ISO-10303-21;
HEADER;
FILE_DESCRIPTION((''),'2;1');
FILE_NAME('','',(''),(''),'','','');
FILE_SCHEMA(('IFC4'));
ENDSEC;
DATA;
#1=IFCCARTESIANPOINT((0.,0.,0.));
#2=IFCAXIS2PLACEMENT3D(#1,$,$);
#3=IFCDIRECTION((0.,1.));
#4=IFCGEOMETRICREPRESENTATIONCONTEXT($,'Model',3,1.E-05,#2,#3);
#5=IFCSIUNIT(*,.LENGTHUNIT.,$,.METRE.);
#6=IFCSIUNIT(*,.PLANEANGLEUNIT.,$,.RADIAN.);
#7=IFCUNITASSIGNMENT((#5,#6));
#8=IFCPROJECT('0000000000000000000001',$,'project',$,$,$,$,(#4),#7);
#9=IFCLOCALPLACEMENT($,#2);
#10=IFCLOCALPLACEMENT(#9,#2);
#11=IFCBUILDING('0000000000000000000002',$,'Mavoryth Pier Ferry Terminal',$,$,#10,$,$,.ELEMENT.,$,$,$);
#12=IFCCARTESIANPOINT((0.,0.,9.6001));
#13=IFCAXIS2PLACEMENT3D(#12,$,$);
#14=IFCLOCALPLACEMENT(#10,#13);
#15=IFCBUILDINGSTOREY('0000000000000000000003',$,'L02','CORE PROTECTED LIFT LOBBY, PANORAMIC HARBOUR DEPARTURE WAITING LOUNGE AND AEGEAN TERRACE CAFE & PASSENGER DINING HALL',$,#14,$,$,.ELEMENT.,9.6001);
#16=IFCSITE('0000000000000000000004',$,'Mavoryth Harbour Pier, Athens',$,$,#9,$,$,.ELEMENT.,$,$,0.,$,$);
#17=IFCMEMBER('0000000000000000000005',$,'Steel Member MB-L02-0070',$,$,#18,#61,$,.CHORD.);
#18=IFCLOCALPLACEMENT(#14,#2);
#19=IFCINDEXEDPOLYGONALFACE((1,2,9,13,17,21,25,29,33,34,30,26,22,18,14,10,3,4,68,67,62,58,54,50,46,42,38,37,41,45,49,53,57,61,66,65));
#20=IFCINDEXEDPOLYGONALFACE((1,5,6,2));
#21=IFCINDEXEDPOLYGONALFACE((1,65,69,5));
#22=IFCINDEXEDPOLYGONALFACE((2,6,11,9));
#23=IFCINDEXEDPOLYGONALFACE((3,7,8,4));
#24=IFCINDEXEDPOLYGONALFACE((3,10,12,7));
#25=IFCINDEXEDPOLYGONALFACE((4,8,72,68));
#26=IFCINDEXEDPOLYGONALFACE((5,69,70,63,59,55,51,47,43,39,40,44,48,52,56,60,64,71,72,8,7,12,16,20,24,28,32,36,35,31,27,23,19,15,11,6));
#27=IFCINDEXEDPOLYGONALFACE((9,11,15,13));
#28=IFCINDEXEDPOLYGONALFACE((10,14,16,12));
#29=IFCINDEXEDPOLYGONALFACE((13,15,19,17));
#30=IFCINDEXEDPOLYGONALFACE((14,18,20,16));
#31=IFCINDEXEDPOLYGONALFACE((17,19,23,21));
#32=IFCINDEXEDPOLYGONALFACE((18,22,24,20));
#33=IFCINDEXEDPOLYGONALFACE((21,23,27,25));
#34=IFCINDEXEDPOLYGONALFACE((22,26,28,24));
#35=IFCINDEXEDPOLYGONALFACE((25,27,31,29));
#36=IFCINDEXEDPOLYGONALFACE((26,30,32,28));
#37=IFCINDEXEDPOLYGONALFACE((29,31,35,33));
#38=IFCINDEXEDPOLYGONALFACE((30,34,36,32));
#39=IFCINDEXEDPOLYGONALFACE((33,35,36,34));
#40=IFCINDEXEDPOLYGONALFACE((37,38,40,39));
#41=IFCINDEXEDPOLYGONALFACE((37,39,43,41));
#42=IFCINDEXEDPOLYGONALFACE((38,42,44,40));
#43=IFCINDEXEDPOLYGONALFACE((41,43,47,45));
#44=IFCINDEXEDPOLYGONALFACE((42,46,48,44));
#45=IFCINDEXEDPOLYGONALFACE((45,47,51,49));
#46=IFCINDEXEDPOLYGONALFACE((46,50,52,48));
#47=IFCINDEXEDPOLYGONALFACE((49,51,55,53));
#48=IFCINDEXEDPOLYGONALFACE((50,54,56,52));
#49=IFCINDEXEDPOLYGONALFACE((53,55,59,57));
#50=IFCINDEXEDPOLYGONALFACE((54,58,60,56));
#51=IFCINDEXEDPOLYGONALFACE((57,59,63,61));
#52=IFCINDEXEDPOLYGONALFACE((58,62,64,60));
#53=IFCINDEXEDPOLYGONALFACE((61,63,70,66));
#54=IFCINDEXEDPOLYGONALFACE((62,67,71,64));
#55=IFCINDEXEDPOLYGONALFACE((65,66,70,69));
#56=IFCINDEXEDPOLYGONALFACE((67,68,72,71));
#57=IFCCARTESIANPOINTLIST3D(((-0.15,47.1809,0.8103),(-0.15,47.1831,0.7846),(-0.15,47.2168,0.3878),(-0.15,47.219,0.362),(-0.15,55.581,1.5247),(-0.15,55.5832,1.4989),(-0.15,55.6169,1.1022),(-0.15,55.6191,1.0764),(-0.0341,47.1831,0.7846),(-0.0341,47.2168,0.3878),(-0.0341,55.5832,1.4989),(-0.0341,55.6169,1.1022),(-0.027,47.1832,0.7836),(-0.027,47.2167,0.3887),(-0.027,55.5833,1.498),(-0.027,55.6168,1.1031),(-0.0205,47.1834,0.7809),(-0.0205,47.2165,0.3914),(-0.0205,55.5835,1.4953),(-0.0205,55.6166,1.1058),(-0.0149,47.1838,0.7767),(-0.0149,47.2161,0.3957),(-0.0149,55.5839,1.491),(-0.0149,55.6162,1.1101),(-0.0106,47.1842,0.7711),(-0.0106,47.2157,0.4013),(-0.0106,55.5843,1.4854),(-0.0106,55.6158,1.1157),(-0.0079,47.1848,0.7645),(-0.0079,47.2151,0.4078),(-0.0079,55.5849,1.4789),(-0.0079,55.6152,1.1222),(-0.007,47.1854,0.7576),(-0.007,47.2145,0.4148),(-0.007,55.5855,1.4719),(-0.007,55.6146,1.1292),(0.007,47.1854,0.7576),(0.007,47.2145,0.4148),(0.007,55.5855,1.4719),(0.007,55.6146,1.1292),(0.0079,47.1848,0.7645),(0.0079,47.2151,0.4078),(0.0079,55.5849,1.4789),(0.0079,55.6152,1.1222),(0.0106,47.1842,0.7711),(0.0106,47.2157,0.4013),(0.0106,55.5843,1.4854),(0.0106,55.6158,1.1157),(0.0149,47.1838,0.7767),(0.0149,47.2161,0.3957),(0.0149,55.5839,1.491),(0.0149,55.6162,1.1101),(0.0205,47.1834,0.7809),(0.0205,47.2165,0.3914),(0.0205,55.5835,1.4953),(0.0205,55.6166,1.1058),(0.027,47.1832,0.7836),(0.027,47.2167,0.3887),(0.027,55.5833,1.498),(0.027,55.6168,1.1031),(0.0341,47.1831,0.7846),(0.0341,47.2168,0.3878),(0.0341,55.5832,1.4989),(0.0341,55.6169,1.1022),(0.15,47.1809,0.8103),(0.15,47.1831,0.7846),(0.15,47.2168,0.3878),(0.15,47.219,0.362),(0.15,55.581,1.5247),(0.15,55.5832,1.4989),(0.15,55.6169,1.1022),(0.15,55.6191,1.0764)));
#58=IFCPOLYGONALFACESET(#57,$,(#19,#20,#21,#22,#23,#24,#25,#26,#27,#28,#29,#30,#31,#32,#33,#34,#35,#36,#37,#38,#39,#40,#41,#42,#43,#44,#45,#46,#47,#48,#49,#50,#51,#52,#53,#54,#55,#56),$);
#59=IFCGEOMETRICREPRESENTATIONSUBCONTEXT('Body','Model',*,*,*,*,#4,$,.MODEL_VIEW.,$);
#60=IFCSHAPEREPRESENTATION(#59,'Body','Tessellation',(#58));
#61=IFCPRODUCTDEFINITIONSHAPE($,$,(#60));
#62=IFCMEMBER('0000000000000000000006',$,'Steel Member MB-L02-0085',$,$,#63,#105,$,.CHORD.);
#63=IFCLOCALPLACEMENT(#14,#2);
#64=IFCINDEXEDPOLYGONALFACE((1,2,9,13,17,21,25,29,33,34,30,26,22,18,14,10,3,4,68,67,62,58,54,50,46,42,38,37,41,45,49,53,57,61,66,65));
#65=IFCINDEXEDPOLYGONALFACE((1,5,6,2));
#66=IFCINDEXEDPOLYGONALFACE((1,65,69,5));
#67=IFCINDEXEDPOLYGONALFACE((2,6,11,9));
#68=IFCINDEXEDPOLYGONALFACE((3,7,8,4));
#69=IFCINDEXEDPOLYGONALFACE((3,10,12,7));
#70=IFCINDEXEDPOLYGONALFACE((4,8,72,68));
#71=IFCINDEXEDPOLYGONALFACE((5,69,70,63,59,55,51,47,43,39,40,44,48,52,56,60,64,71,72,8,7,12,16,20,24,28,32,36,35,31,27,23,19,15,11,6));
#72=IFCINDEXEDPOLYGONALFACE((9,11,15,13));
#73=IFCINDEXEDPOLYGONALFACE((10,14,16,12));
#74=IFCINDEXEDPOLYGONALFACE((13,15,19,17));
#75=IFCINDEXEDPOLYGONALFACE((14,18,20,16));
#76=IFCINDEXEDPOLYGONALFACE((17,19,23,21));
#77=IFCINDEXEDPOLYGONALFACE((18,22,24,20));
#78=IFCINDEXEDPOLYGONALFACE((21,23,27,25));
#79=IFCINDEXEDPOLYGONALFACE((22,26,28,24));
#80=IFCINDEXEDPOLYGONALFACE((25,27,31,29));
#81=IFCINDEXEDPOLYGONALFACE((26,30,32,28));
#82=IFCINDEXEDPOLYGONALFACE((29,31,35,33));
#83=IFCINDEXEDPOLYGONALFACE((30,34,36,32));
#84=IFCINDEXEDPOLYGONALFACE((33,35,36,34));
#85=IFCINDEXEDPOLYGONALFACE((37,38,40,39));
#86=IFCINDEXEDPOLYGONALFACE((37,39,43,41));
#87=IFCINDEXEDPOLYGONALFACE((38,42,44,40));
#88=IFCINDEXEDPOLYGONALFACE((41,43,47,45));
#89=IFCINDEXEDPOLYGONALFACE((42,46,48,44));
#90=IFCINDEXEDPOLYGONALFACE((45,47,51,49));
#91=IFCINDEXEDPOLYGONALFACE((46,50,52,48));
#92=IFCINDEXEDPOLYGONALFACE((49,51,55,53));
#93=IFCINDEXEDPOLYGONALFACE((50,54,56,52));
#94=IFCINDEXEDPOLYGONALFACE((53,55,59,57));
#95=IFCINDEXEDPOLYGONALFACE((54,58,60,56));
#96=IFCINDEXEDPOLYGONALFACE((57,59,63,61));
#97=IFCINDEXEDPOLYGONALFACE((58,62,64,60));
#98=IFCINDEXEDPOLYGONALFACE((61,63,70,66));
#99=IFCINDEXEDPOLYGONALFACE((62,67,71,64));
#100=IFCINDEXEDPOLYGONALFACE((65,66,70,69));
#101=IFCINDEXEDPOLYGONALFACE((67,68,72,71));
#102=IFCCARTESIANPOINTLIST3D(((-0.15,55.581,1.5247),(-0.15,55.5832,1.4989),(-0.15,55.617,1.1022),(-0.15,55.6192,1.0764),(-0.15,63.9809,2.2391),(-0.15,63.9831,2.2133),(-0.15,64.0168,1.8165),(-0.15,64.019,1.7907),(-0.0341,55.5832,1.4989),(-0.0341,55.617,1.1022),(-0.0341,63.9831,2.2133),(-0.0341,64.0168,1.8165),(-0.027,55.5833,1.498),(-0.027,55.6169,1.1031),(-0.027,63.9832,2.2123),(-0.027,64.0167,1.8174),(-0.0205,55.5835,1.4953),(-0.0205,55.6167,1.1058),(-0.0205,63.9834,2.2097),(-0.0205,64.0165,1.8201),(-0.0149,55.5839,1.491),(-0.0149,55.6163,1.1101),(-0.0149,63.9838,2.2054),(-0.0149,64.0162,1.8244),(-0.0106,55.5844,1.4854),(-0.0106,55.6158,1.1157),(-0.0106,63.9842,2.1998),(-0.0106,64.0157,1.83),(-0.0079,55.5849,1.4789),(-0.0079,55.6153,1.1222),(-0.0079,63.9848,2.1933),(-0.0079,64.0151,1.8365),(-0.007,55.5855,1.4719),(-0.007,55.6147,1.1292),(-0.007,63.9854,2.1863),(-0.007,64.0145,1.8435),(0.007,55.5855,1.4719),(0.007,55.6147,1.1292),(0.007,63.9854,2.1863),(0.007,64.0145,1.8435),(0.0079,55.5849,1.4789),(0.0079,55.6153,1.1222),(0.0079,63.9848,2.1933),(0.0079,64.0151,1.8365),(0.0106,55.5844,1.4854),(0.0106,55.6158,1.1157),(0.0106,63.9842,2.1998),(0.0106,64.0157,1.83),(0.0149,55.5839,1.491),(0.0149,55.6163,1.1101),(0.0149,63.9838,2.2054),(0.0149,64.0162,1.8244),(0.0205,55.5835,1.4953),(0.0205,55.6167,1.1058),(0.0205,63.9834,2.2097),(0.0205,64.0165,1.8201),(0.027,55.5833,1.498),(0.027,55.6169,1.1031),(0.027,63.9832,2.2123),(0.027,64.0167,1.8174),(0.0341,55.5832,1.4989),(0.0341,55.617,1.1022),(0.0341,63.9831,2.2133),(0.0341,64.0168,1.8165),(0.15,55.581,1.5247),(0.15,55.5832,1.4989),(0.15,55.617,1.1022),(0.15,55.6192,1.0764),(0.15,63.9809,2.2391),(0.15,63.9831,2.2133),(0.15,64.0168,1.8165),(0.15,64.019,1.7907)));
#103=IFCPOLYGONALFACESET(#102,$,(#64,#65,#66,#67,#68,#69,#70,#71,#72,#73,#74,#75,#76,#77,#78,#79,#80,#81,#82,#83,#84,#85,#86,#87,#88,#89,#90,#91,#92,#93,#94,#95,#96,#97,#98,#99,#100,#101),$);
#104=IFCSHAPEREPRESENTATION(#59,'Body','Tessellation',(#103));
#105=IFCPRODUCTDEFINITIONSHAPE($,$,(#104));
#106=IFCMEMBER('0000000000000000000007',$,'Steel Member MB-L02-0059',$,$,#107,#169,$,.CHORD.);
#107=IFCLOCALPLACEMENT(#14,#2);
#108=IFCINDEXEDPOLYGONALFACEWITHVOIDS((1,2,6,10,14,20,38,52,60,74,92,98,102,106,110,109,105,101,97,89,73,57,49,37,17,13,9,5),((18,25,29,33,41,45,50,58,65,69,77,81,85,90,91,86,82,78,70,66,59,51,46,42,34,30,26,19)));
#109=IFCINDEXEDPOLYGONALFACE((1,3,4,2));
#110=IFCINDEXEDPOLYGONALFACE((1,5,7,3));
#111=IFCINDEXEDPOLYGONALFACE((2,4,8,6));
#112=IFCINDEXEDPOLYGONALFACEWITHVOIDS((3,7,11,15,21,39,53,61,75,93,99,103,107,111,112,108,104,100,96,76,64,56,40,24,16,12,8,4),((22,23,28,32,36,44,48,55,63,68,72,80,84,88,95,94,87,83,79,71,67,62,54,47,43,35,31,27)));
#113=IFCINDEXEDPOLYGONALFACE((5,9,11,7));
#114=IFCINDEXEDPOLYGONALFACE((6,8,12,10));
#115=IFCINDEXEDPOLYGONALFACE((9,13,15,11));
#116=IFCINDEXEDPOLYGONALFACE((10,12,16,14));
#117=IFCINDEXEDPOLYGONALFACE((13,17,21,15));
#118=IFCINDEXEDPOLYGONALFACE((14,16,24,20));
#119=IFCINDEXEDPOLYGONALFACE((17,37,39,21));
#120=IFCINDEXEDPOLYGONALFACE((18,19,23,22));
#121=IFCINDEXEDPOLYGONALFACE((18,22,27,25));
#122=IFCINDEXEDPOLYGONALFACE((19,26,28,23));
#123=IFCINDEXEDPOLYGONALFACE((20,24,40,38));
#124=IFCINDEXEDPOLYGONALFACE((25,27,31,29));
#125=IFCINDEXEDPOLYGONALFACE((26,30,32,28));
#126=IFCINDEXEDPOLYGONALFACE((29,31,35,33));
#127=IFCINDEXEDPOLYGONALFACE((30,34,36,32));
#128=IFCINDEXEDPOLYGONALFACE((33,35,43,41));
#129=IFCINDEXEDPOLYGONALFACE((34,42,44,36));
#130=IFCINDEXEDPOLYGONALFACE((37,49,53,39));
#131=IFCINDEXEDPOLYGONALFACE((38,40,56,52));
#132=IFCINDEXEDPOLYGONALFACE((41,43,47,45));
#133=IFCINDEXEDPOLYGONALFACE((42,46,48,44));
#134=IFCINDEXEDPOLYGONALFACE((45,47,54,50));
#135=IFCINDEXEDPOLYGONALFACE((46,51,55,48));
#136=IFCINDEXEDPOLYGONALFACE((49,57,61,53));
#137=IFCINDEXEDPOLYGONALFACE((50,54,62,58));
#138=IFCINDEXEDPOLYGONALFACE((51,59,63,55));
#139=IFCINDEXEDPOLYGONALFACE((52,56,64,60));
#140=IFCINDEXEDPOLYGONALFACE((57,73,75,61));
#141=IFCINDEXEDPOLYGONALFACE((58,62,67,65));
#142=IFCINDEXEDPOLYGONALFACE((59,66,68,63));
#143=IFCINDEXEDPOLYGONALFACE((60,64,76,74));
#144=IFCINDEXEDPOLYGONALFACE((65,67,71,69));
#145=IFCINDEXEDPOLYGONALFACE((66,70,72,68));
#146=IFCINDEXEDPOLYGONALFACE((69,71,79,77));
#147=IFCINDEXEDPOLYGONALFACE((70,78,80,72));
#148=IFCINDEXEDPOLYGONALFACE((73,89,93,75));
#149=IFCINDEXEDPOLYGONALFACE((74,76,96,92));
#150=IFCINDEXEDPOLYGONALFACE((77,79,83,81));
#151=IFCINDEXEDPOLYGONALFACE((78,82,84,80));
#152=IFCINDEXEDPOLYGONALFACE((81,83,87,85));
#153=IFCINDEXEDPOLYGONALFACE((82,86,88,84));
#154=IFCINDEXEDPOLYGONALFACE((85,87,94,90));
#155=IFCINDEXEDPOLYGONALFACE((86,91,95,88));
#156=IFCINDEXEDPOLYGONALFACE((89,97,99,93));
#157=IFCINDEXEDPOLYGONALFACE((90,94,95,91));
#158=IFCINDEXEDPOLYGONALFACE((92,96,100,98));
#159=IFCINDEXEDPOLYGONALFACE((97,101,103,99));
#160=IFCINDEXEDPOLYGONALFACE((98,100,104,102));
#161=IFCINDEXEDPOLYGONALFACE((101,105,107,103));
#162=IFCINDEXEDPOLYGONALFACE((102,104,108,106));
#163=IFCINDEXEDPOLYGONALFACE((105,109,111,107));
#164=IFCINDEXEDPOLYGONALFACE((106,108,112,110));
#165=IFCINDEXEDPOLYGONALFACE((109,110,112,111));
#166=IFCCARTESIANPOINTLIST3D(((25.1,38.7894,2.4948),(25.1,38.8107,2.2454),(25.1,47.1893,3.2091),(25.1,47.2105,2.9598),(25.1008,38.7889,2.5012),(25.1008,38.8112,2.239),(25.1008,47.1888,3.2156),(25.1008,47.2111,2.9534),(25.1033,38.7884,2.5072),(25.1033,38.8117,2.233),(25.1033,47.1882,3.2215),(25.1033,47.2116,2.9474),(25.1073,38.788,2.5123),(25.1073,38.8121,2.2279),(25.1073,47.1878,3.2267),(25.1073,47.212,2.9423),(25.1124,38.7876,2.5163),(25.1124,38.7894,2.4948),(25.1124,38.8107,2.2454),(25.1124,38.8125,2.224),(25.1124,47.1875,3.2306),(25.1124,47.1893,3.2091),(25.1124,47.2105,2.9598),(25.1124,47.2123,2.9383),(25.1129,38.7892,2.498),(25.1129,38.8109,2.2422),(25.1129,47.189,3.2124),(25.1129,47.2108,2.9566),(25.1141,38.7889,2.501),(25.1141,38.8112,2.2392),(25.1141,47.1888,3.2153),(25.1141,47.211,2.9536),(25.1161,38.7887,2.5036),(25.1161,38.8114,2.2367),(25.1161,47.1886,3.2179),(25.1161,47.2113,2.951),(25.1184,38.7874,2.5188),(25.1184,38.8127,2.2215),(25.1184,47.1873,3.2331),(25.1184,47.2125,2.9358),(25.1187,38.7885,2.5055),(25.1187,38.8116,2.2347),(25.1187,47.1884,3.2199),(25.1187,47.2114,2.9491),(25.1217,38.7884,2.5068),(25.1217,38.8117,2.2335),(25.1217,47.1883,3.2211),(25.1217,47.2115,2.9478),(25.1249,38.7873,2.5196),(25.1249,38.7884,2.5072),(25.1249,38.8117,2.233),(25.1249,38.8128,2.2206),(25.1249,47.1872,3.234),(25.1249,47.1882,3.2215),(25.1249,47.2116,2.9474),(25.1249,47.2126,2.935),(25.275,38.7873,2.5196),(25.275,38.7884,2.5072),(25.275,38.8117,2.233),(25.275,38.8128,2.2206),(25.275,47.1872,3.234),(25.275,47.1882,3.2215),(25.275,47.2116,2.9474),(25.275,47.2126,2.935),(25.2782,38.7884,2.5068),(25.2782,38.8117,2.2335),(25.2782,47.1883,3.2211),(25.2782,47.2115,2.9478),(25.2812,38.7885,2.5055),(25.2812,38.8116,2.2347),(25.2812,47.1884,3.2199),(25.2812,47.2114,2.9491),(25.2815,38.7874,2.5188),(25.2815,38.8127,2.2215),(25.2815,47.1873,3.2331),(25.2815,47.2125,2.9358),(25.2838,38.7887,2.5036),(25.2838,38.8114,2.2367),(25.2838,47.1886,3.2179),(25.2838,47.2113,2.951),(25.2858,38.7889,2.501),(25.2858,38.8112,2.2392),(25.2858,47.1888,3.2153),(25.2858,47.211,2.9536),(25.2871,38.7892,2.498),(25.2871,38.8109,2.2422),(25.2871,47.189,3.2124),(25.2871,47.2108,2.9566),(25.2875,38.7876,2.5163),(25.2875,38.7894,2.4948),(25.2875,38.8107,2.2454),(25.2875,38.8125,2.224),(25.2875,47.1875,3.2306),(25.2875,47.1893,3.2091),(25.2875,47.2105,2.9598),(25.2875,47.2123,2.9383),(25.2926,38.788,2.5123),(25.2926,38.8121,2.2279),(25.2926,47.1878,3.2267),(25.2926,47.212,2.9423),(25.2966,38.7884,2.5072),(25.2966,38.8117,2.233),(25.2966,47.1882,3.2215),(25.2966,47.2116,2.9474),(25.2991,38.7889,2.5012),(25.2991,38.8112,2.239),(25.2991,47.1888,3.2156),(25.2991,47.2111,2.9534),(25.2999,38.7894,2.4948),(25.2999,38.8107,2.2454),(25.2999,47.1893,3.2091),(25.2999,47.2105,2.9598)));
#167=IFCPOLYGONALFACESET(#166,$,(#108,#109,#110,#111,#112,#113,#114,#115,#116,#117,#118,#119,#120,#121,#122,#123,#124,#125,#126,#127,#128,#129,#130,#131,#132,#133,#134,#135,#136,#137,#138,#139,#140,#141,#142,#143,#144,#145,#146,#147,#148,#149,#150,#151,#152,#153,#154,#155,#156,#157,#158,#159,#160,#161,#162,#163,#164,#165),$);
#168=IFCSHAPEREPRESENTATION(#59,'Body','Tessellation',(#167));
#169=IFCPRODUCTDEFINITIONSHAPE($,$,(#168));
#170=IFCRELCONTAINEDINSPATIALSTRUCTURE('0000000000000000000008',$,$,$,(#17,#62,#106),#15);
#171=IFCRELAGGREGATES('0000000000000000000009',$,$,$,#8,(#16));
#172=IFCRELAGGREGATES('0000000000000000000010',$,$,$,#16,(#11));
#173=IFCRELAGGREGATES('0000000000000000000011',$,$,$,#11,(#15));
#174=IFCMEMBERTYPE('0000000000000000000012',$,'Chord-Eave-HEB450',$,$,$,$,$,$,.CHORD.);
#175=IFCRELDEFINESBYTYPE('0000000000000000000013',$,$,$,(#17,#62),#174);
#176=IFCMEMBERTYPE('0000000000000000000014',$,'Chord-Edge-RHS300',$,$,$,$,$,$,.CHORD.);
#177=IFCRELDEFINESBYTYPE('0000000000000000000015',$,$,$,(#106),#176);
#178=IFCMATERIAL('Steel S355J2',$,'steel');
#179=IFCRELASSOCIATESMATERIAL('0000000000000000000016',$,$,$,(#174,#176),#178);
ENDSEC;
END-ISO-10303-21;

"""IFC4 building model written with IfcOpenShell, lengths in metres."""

from ifc_helpers import new_model, si_unit, direction, frame, origin, origin_2d, place, context, subcontext, project, spatial, hollow_rectangle, i_section, extrude, material, material_profile, profile_set, type_object, element, save


model = new_model("IFC4")

# Units and contexts
model_context = context("Model", 3, precision=1e-05, world=origin(), true_north=direction((0.0, 1.0)))
body_context = subcontext(model_context, "Body", "Model", "MODEL_VIEW")
ifc_project = project(units=[si_unit("LENGTHUNIT", "METRE"), si_unit("PLANEANGLEUNIT", "RADIAN")], contexts=[model_context])

# Site, building, storey
site_placement = place(None, origin())
site = spatial("IfcSite", under=ifc_project, at=site_placement, Name="Mavoryth Harbour Pier, Athens", CompositionType="ELEMENT", RefElevation=0.0)
building_placement = place(site_placement, origin())
building = spatial("IfcBuilding", under=site, at=building_placement, Name="Mavoryth Pier Ferry Terminal", CompositionType="ELEMENT")
storey_placement = place(building_placement, frame((0.0, 0.0, 9.6001)))
storey = spatial("IfcBuildingStorey", under=building, at=storey_placement, Name="L02", Description="CORE PROTECTED LIFT LOBBY, PANORAMIC HARBOUR DEPARTURE WAITING LOUNGE AND AEGEAN TERRACE CAFE & PASSENGER DINING HALL", CompositionType="ELEMENT", Elevation=9.6001)

# Members
ifc_material_1 = material(Name="Steel S355J2", Category="steel")
ifc_material_profile_1 = material_profile(ifc_material_1, i_section(OverallWidth=0.3, OverallDepth=0.45, WebThickness=0.0139, FlangeThickness=0.0259, FilletRadius=0.0271, at=origin_2d()), Name="HEB 450", Category="steel")
ifc_profile_set_1 = profile_set([ifc_material_profile_1], Name="Steel S355J2 - HEB 450")
member_type_1 = type_object("IfcMemberType", Name="Chord-Eave-HEB450", PredefinedType="CHORD", material=ifc_profile_set_1)
member_1_placement = place(storey_placement, frame((0.0, 47.2, 0.5862), z_axis=(0.0, 0.996404, 0.084735), x_axis=(-1.0, 0.0, 0.0)))
element("IfcMember", 1, at=member_1_placement, inside=storey, type_object=member_type_1, Name="Steel Member MB-L02-0070", PredefinedType="CHORD", context=body_context, shape_type="SweptSolid", body=[
    extrude(i_section(OverallWidth=0.3, OverallDepth=0.45, WebThickness=0.0139, FlangeThickness=0.0259, FilletRadius=0.0271, at=origin_2d()), origin(), (0.0, 0.0, 1.0), 8.4304),
])
member_2_placement = place(storey_placement, frame((0.0, 55.6001, 1.3005), z_axis=(0.0, 0.996403, 0.084737), x_axis=(-1.0, 0.0, 0.0)))
element("IfcMember", 2, at=member_2_placement, inside=storey, type_object=member_type_1, Name="Steel Member MB-L02-0085", PredefinedType="CHORD", context=body_context, shape_type="SweptSolid", body=[
    extrude(i_section(OverallWidth=0.3, OverallDepth=0.45, WebThickness=0.0139, FlangeThickness=0.0259, FilletRadius=0.0271, at=origin_2d()), origin(), (0.0, 0.0, 1.0), 8.4302),
])
ifc_material_profile_2 = material_profile(ifc_material_1, hollow_rectangle(XDim=0.2, YDim=0.3, WallThickness=0.0125, InnerFilletRadius=0.0125, OuterFilletRadius=0.0249, at=origin_2d()), Name="RHS 300x200x12.5", Category="steel")
ifc_profile_set_2 = profile_set([ifc_material_profile_2], Name="Steel S355J2 - RHS 300x200x12.5")
member_type_2 = type_object("IfcMemberType", Name="Chord-Edge-RHS300", PredefinedType="CHORD", material=ifc_profile_set_2)
member_3_placement = place(storey_placement, frame((25.2, 38.8, 2.3701), z_axis=(0.0, 0.996403, 0.084737), x_axis=(-1.0, 0.0, 0.0)))
element("IfcMember", 3, at=member_3_placement, inside=storey, type_object=member_type_2, Name="Steel Member MB-L02-0059", PredefinedType="CHORD", context=body_context, shape_type="SweptSolid", body=[
    extrude(hollow_rectangle(XDim=0.2, YDim=0.3, WallThickness=0.0125, InnerFilletRadius=0.0125, OuterFilletRadius=0.0249, at=origin_2d()), origin(), (0.0, 0.0, 1.0), 8.4302),
])

save(model, "model.ifc")
